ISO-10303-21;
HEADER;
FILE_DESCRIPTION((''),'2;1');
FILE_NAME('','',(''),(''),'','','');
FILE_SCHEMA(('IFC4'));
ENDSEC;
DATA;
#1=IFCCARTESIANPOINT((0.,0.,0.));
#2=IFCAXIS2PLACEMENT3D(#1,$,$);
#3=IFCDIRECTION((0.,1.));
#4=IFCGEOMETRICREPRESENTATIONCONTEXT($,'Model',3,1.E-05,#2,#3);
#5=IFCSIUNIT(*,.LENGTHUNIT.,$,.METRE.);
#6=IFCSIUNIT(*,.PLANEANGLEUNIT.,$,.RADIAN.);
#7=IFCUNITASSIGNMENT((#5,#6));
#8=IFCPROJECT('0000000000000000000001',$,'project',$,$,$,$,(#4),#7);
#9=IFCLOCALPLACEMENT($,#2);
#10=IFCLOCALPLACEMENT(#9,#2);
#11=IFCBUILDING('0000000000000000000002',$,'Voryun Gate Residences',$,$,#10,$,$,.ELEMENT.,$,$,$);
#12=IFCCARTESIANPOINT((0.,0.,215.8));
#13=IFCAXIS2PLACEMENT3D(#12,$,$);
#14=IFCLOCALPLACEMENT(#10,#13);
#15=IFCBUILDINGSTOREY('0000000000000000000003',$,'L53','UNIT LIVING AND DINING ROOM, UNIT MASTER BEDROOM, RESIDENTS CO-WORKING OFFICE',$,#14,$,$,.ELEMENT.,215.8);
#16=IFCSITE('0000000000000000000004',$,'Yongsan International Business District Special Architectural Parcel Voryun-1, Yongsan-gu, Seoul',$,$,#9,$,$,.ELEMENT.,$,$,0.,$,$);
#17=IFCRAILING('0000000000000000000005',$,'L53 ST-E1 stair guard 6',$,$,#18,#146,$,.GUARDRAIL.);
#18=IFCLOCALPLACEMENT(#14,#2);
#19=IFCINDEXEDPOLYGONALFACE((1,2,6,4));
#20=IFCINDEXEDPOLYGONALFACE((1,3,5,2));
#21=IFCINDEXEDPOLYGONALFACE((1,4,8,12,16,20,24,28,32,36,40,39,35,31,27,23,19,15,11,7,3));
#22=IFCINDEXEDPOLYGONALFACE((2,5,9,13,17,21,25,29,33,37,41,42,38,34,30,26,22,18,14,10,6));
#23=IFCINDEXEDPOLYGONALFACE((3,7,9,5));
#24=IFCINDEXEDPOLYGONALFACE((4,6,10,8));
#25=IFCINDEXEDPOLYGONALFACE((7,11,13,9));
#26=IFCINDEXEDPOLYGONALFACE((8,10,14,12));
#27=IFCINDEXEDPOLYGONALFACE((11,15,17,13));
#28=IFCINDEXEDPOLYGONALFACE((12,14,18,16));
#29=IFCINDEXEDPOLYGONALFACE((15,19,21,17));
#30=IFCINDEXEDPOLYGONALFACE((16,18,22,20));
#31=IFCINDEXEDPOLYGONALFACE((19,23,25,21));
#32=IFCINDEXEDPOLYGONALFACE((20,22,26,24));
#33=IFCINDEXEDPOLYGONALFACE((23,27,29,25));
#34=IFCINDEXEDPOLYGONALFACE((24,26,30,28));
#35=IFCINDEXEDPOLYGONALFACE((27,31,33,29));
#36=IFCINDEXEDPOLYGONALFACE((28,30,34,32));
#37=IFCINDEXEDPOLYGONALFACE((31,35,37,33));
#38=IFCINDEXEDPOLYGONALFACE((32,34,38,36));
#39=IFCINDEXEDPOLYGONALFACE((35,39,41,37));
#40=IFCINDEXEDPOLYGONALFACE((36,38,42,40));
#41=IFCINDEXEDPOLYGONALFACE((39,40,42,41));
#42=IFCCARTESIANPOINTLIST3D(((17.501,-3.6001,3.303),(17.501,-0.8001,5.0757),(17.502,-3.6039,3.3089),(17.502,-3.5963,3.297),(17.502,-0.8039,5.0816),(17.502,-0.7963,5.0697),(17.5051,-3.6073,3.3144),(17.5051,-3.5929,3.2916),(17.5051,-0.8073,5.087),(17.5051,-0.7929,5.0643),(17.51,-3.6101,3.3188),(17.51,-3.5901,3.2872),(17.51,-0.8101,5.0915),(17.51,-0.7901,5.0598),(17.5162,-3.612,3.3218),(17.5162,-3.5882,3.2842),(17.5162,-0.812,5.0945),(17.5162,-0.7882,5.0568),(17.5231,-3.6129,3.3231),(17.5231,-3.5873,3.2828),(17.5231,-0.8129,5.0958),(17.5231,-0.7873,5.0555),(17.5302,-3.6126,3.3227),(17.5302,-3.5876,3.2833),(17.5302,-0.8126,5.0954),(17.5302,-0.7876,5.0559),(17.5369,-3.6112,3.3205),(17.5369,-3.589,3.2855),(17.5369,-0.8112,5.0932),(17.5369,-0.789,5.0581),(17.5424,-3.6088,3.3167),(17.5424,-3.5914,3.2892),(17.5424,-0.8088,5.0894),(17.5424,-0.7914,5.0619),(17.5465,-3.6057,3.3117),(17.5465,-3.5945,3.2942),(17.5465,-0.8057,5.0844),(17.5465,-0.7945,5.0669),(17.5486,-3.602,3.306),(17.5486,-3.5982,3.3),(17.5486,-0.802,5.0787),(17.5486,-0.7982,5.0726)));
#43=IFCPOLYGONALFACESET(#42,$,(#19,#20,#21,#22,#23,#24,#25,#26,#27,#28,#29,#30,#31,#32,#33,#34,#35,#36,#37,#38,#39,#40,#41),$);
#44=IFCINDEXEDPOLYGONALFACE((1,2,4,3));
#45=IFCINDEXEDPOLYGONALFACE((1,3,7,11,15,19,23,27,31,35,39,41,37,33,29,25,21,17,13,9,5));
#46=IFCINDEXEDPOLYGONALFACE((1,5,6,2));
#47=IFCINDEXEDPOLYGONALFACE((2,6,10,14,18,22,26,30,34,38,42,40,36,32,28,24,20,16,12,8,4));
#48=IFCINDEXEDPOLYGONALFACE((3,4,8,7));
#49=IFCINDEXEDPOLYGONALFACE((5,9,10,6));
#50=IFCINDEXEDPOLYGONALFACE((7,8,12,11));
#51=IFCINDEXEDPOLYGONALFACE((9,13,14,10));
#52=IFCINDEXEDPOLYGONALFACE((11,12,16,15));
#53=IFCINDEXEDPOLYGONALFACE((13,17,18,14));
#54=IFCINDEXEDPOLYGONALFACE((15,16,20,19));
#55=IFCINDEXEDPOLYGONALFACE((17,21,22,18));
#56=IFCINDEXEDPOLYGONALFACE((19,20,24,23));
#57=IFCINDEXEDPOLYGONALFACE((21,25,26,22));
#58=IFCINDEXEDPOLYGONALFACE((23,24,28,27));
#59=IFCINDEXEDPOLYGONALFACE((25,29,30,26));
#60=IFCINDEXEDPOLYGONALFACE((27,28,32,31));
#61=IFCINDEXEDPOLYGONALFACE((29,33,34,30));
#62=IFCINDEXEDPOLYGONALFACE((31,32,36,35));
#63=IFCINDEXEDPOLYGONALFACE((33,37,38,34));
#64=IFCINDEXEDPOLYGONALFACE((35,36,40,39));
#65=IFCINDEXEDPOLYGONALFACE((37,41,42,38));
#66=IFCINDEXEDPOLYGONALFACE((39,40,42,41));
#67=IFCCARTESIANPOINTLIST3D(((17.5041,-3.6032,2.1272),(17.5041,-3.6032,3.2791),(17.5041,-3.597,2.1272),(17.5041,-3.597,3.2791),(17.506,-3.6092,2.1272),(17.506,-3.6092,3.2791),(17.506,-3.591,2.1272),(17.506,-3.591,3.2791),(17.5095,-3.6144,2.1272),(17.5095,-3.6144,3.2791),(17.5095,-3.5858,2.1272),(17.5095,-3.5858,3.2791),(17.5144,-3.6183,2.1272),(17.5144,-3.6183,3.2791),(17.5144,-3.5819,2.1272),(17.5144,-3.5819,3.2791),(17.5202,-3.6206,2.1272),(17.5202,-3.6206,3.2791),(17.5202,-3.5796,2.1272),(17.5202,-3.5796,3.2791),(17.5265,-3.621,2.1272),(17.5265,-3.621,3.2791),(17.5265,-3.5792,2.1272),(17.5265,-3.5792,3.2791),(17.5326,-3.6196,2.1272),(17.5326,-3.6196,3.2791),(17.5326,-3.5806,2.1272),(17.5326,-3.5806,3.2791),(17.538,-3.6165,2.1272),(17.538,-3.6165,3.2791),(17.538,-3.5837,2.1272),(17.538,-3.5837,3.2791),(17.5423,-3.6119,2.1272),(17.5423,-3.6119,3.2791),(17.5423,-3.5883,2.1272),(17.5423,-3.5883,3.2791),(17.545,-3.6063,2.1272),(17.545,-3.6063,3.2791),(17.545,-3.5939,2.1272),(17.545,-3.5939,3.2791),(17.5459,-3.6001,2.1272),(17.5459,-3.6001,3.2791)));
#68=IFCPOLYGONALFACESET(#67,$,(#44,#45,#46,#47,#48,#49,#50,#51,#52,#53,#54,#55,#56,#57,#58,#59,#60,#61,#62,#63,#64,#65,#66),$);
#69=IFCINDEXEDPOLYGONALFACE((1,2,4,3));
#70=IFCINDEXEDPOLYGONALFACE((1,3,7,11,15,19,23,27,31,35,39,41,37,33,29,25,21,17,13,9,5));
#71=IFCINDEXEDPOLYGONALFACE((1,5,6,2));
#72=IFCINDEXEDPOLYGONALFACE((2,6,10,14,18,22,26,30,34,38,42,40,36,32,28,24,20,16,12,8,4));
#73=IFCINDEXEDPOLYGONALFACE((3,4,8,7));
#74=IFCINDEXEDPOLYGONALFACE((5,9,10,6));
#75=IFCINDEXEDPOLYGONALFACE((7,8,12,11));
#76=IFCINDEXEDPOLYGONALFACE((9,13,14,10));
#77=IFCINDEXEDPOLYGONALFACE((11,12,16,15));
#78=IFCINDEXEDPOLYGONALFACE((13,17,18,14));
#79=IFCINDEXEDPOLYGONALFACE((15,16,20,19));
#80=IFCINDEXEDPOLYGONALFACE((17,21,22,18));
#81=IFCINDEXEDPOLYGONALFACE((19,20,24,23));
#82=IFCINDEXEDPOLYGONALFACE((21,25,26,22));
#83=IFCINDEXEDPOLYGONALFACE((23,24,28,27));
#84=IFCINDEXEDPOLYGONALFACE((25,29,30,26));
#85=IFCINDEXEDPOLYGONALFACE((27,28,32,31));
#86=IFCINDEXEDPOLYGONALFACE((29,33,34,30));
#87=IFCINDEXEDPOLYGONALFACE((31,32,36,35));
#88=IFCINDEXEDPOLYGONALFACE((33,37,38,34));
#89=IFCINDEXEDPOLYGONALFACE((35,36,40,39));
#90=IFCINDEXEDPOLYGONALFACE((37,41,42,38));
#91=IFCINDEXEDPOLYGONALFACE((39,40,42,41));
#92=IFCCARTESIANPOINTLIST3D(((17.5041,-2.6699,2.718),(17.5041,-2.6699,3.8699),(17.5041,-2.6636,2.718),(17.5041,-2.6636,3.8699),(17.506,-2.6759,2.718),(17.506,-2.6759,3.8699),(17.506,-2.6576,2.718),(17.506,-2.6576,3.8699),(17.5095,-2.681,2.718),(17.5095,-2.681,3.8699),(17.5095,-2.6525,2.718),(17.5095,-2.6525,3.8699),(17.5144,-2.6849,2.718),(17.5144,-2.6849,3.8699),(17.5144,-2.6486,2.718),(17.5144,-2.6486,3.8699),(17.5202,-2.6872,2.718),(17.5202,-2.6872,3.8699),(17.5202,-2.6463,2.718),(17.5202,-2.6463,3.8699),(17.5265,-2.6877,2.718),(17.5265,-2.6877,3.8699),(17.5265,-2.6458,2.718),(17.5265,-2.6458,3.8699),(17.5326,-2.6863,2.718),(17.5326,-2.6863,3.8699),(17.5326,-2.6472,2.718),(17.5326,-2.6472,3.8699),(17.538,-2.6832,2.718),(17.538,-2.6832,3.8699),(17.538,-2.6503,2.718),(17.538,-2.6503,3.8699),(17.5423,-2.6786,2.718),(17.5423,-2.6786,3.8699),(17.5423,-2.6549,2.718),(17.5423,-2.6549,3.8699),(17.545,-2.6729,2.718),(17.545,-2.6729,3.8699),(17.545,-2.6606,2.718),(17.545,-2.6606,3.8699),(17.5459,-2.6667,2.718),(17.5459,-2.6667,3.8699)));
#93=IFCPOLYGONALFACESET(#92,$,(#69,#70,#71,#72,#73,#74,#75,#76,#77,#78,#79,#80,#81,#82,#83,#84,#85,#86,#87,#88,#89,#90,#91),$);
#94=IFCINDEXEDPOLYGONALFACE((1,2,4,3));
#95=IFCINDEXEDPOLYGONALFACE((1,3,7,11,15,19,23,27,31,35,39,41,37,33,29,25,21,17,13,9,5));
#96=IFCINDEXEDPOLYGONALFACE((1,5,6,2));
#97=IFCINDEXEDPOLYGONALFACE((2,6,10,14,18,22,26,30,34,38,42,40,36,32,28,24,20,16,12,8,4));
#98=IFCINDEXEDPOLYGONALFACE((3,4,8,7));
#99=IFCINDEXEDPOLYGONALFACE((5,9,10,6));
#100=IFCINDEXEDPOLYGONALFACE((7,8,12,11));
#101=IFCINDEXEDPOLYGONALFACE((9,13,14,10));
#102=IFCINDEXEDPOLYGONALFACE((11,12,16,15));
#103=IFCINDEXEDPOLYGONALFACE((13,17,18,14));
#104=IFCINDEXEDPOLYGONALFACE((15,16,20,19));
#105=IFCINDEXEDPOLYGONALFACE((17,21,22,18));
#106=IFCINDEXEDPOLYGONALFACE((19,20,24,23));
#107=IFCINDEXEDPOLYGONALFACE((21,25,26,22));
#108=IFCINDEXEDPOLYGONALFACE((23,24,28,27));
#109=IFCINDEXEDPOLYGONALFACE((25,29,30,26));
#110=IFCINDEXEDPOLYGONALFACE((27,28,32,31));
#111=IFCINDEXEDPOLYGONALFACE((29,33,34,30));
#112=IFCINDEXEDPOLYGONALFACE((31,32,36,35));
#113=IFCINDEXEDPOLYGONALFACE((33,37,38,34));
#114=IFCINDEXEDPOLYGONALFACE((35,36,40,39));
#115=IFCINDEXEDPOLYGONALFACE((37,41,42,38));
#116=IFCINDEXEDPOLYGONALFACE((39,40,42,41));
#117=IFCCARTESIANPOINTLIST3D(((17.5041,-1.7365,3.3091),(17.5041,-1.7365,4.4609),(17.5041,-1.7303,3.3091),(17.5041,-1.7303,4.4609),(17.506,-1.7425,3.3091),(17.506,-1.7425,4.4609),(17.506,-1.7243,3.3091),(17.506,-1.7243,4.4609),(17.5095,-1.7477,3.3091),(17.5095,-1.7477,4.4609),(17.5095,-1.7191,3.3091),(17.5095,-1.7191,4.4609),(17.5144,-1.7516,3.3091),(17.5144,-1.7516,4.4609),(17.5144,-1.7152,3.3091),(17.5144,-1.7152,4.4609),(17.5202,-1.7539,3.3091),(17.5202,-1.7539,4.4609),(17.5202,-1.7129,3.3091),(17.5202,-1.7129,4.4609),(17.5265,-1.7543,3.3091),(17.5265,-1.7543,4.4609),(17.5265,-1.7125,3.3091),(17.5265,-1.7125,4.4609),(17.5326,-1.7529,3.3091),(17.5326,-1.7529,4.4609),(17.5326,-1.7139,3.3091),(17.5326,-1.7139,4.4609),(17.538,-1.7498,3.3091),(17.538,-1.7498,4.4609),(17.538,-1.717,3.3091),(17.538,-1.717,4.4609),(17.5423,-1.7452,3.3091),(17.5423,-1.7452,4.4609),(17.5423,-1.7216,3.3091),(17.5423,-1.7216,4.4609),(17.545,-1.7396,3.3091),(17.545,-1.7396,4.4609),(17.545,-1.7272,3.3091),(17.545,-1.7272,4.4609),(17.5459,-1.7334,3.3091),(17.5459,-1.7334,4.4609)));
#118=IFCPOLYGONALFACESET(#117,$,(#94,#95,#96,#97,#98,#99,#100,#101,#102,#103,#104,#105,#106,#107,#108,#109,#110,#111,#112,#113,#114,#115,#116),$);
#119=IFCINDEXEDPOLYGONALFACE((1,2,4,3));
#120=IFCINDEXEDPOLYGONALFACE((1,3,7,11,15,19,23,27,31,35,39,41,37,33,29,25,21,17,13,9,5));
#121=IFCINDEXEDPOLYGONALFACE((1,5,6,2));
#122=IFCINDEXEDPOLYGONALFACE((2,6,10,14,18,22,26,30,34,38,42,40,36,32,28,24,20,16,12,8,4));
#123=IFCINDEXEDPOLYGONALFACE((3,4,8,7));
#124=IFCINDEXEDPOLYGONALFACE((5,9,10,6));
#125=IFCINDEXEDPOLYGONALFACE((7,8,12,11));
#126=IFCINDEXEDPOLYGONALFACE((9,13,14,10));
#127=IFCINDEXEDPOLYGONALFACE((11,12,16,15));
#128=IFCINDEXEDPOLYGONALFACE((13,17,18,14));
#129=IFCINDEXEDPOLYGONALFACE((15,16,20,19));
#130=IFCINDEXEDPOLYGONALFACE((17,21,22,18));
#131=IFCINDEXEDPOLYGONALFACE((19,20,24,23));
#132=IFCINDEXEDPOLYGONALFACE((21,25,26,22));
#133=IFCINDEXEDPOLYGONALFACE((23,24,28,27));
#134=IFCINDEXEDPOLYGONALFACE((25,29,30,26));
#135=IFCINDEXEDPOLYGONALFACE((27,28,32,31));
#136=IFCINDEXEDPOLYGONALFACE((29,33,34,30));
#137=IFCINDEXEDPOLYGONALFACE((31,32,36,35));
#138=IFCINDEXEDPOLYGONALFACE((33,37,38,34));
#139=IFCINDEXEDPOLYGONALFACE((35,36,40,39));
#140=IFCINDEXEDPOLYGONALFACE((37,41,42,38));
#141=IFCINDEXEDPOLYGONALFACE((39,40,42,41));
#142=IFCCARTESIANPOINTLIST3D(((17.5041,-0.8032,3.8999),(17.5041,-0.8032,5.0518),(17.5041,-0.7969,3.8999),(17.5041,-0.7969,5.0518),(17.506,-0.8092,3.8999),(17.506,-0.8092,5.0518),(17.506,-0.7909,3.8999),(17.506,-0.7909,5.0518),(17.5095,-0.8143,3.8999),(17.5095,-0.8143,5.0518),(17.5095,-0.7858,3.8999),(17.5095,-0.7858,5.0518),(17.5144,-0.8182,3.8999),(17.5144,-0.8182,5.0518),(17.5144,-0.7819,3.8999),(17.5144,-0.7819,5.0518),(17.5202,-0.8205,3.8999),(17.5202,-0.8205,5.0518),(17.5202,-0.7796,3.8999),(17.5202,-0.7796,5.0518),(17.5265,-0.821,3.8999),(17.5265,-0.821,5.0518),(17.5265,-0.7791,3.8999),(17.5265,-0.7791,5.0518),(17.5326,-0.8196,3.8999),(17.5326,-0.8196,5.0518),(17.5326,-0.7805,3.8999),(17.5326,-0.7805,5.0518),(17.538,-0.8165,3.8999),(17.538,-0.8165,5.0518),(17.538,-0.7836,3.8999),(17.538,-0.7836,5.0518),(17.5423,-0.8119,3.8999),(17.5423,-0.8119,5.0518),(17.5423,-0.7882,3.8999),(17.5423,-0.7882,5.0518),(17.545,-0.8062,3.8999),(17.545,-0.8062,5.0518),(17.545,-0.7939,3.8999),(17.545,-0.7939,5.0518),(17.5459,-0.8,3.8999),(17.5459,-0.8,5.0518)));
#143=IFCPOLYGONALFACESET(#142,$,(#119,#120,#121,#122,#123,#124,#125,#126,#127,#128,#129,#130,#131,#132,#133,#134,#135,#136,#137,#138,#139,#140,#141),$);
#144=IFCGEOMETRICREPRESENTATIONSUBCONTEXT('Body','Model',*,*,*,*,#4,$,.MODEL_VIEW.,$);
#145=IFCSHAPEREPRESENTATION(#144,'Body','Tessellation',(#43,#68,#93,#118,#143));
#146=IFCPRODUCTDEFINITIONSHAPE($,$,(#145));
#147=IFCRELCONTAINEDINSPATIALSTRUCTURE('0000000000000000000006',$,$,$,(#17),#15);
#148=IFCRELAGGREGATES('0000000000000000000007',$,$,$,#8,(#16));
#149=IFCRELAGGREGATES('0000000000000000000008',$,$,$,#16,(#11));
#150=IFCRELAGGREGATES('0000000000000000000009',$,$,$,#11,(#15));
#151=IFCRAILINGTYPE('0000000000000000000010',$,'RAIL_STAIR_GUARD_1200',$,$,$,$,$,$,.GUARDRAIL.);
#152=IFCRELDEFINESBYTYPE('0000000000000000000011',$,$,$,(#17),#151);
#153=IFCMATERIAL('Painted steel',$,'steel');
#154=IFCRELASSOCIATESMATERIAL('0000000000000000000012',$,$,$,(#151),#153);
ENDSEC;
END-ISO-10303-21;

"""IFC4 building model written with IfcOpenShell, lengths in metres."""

from ifc_helpers import new_model, si_unit, direction, frame, origin, origin_2d, place, context, subcontext, project, spatial, circle, extrude, material, type_object, element, save


model = new_model("IFC4")

# Units and contexts
model_context = context("Model", 3, precision=1e-05, world=origin(), true_north=direction((0.0, 1.0)))
body_context = subcontext(model_context, "Body", "Model", "MODEL_VIEW")
ifc_project = project(units=[si_unit("LENGTHUNIT", "METRE"), si_unit("PLANEANGLEUNIT", "RADIAN")], contexts=[model_context])

# Site, building, storey
site_placement = place(None, origin())
site = spatial("IfcSite", under=ifc_project, at=site_placement, Name="Yongsan International Business District Special Architectural Parcel Voryun-1, Yongsan-gu, Seoul", CompositionType="ELEMENT", RefElevation=0.0)
building_placement = place(site_placement, origin())
building = spatial("IfcBuilding", under=site, at=building_placement, Name="Voryun Gate Residences", CompositionType="ELEMENT")
storey_placement = place(building_placement, frame((0.0, 0.0, 215.8)))
storey = spatial("IfcBuildingStorey", under=building, at=storey_placement, Name="L53", Description="UNIT LIVING AND DINING ROOM, UNIT MASTER BEDROOM, RESIDENTS CO-WORKING OFFICE", CompositionType="ELEMENT", Elevation=215.8)

# Railing
ifc_material_1 = material(Name="Painted steel", Category="steel")
railing_type_1 = type_object("IfcRailingType", Name="RAIL_STAIR_GUARD_1200", PredefinedType="GUARDRAIL", material=ifc_material_1)
railing_1_placement = place(storey_placement, frame((17.5249, -3.6001, 2.1272)))
element("IfcRailing", 1, at=railing_1_placement, inside=storey, type_object=railing_type_1, Name="L53 ST-E1 stair guard 6", PredefinedType="GUARDRAIL", context=body_context, shape_type="SweptSolid", body=[
    extrude(circle(Radius=0.0239, at=origin_2d()), frame((0.0, 0.0, 1.1758), z_axis=(0.0, 0.844909, 0.53491), x_axis=(-1.0, 0.0, 0.0)), (0.0, 0.0, 1.0), 3.314),
    extrude(circle(Radius=0.021, at=origin_2d()), origin(), (0.0, 0.0, 1.0), 1.1519),
    extrude(circle(Radius=0.021, at=origin_2d()), frame((0.0, 0.9333, 0.5908)), (0.0, 0.0, 1.0), 1.1519),
    extrude(circle(Radius=0.021, at=origin_2d()), frame((0.0, 1.8667, 1.1819)), (0.0, 0.0, 1.0), 1.1519),
    extrude(circle(Radius=0.021, at=origin_2d()), frame((0.0, 2.8, 1.7727)), (0.0, 0.0, 1.0), 1.1519),
])

save(model, "model.ifc")
